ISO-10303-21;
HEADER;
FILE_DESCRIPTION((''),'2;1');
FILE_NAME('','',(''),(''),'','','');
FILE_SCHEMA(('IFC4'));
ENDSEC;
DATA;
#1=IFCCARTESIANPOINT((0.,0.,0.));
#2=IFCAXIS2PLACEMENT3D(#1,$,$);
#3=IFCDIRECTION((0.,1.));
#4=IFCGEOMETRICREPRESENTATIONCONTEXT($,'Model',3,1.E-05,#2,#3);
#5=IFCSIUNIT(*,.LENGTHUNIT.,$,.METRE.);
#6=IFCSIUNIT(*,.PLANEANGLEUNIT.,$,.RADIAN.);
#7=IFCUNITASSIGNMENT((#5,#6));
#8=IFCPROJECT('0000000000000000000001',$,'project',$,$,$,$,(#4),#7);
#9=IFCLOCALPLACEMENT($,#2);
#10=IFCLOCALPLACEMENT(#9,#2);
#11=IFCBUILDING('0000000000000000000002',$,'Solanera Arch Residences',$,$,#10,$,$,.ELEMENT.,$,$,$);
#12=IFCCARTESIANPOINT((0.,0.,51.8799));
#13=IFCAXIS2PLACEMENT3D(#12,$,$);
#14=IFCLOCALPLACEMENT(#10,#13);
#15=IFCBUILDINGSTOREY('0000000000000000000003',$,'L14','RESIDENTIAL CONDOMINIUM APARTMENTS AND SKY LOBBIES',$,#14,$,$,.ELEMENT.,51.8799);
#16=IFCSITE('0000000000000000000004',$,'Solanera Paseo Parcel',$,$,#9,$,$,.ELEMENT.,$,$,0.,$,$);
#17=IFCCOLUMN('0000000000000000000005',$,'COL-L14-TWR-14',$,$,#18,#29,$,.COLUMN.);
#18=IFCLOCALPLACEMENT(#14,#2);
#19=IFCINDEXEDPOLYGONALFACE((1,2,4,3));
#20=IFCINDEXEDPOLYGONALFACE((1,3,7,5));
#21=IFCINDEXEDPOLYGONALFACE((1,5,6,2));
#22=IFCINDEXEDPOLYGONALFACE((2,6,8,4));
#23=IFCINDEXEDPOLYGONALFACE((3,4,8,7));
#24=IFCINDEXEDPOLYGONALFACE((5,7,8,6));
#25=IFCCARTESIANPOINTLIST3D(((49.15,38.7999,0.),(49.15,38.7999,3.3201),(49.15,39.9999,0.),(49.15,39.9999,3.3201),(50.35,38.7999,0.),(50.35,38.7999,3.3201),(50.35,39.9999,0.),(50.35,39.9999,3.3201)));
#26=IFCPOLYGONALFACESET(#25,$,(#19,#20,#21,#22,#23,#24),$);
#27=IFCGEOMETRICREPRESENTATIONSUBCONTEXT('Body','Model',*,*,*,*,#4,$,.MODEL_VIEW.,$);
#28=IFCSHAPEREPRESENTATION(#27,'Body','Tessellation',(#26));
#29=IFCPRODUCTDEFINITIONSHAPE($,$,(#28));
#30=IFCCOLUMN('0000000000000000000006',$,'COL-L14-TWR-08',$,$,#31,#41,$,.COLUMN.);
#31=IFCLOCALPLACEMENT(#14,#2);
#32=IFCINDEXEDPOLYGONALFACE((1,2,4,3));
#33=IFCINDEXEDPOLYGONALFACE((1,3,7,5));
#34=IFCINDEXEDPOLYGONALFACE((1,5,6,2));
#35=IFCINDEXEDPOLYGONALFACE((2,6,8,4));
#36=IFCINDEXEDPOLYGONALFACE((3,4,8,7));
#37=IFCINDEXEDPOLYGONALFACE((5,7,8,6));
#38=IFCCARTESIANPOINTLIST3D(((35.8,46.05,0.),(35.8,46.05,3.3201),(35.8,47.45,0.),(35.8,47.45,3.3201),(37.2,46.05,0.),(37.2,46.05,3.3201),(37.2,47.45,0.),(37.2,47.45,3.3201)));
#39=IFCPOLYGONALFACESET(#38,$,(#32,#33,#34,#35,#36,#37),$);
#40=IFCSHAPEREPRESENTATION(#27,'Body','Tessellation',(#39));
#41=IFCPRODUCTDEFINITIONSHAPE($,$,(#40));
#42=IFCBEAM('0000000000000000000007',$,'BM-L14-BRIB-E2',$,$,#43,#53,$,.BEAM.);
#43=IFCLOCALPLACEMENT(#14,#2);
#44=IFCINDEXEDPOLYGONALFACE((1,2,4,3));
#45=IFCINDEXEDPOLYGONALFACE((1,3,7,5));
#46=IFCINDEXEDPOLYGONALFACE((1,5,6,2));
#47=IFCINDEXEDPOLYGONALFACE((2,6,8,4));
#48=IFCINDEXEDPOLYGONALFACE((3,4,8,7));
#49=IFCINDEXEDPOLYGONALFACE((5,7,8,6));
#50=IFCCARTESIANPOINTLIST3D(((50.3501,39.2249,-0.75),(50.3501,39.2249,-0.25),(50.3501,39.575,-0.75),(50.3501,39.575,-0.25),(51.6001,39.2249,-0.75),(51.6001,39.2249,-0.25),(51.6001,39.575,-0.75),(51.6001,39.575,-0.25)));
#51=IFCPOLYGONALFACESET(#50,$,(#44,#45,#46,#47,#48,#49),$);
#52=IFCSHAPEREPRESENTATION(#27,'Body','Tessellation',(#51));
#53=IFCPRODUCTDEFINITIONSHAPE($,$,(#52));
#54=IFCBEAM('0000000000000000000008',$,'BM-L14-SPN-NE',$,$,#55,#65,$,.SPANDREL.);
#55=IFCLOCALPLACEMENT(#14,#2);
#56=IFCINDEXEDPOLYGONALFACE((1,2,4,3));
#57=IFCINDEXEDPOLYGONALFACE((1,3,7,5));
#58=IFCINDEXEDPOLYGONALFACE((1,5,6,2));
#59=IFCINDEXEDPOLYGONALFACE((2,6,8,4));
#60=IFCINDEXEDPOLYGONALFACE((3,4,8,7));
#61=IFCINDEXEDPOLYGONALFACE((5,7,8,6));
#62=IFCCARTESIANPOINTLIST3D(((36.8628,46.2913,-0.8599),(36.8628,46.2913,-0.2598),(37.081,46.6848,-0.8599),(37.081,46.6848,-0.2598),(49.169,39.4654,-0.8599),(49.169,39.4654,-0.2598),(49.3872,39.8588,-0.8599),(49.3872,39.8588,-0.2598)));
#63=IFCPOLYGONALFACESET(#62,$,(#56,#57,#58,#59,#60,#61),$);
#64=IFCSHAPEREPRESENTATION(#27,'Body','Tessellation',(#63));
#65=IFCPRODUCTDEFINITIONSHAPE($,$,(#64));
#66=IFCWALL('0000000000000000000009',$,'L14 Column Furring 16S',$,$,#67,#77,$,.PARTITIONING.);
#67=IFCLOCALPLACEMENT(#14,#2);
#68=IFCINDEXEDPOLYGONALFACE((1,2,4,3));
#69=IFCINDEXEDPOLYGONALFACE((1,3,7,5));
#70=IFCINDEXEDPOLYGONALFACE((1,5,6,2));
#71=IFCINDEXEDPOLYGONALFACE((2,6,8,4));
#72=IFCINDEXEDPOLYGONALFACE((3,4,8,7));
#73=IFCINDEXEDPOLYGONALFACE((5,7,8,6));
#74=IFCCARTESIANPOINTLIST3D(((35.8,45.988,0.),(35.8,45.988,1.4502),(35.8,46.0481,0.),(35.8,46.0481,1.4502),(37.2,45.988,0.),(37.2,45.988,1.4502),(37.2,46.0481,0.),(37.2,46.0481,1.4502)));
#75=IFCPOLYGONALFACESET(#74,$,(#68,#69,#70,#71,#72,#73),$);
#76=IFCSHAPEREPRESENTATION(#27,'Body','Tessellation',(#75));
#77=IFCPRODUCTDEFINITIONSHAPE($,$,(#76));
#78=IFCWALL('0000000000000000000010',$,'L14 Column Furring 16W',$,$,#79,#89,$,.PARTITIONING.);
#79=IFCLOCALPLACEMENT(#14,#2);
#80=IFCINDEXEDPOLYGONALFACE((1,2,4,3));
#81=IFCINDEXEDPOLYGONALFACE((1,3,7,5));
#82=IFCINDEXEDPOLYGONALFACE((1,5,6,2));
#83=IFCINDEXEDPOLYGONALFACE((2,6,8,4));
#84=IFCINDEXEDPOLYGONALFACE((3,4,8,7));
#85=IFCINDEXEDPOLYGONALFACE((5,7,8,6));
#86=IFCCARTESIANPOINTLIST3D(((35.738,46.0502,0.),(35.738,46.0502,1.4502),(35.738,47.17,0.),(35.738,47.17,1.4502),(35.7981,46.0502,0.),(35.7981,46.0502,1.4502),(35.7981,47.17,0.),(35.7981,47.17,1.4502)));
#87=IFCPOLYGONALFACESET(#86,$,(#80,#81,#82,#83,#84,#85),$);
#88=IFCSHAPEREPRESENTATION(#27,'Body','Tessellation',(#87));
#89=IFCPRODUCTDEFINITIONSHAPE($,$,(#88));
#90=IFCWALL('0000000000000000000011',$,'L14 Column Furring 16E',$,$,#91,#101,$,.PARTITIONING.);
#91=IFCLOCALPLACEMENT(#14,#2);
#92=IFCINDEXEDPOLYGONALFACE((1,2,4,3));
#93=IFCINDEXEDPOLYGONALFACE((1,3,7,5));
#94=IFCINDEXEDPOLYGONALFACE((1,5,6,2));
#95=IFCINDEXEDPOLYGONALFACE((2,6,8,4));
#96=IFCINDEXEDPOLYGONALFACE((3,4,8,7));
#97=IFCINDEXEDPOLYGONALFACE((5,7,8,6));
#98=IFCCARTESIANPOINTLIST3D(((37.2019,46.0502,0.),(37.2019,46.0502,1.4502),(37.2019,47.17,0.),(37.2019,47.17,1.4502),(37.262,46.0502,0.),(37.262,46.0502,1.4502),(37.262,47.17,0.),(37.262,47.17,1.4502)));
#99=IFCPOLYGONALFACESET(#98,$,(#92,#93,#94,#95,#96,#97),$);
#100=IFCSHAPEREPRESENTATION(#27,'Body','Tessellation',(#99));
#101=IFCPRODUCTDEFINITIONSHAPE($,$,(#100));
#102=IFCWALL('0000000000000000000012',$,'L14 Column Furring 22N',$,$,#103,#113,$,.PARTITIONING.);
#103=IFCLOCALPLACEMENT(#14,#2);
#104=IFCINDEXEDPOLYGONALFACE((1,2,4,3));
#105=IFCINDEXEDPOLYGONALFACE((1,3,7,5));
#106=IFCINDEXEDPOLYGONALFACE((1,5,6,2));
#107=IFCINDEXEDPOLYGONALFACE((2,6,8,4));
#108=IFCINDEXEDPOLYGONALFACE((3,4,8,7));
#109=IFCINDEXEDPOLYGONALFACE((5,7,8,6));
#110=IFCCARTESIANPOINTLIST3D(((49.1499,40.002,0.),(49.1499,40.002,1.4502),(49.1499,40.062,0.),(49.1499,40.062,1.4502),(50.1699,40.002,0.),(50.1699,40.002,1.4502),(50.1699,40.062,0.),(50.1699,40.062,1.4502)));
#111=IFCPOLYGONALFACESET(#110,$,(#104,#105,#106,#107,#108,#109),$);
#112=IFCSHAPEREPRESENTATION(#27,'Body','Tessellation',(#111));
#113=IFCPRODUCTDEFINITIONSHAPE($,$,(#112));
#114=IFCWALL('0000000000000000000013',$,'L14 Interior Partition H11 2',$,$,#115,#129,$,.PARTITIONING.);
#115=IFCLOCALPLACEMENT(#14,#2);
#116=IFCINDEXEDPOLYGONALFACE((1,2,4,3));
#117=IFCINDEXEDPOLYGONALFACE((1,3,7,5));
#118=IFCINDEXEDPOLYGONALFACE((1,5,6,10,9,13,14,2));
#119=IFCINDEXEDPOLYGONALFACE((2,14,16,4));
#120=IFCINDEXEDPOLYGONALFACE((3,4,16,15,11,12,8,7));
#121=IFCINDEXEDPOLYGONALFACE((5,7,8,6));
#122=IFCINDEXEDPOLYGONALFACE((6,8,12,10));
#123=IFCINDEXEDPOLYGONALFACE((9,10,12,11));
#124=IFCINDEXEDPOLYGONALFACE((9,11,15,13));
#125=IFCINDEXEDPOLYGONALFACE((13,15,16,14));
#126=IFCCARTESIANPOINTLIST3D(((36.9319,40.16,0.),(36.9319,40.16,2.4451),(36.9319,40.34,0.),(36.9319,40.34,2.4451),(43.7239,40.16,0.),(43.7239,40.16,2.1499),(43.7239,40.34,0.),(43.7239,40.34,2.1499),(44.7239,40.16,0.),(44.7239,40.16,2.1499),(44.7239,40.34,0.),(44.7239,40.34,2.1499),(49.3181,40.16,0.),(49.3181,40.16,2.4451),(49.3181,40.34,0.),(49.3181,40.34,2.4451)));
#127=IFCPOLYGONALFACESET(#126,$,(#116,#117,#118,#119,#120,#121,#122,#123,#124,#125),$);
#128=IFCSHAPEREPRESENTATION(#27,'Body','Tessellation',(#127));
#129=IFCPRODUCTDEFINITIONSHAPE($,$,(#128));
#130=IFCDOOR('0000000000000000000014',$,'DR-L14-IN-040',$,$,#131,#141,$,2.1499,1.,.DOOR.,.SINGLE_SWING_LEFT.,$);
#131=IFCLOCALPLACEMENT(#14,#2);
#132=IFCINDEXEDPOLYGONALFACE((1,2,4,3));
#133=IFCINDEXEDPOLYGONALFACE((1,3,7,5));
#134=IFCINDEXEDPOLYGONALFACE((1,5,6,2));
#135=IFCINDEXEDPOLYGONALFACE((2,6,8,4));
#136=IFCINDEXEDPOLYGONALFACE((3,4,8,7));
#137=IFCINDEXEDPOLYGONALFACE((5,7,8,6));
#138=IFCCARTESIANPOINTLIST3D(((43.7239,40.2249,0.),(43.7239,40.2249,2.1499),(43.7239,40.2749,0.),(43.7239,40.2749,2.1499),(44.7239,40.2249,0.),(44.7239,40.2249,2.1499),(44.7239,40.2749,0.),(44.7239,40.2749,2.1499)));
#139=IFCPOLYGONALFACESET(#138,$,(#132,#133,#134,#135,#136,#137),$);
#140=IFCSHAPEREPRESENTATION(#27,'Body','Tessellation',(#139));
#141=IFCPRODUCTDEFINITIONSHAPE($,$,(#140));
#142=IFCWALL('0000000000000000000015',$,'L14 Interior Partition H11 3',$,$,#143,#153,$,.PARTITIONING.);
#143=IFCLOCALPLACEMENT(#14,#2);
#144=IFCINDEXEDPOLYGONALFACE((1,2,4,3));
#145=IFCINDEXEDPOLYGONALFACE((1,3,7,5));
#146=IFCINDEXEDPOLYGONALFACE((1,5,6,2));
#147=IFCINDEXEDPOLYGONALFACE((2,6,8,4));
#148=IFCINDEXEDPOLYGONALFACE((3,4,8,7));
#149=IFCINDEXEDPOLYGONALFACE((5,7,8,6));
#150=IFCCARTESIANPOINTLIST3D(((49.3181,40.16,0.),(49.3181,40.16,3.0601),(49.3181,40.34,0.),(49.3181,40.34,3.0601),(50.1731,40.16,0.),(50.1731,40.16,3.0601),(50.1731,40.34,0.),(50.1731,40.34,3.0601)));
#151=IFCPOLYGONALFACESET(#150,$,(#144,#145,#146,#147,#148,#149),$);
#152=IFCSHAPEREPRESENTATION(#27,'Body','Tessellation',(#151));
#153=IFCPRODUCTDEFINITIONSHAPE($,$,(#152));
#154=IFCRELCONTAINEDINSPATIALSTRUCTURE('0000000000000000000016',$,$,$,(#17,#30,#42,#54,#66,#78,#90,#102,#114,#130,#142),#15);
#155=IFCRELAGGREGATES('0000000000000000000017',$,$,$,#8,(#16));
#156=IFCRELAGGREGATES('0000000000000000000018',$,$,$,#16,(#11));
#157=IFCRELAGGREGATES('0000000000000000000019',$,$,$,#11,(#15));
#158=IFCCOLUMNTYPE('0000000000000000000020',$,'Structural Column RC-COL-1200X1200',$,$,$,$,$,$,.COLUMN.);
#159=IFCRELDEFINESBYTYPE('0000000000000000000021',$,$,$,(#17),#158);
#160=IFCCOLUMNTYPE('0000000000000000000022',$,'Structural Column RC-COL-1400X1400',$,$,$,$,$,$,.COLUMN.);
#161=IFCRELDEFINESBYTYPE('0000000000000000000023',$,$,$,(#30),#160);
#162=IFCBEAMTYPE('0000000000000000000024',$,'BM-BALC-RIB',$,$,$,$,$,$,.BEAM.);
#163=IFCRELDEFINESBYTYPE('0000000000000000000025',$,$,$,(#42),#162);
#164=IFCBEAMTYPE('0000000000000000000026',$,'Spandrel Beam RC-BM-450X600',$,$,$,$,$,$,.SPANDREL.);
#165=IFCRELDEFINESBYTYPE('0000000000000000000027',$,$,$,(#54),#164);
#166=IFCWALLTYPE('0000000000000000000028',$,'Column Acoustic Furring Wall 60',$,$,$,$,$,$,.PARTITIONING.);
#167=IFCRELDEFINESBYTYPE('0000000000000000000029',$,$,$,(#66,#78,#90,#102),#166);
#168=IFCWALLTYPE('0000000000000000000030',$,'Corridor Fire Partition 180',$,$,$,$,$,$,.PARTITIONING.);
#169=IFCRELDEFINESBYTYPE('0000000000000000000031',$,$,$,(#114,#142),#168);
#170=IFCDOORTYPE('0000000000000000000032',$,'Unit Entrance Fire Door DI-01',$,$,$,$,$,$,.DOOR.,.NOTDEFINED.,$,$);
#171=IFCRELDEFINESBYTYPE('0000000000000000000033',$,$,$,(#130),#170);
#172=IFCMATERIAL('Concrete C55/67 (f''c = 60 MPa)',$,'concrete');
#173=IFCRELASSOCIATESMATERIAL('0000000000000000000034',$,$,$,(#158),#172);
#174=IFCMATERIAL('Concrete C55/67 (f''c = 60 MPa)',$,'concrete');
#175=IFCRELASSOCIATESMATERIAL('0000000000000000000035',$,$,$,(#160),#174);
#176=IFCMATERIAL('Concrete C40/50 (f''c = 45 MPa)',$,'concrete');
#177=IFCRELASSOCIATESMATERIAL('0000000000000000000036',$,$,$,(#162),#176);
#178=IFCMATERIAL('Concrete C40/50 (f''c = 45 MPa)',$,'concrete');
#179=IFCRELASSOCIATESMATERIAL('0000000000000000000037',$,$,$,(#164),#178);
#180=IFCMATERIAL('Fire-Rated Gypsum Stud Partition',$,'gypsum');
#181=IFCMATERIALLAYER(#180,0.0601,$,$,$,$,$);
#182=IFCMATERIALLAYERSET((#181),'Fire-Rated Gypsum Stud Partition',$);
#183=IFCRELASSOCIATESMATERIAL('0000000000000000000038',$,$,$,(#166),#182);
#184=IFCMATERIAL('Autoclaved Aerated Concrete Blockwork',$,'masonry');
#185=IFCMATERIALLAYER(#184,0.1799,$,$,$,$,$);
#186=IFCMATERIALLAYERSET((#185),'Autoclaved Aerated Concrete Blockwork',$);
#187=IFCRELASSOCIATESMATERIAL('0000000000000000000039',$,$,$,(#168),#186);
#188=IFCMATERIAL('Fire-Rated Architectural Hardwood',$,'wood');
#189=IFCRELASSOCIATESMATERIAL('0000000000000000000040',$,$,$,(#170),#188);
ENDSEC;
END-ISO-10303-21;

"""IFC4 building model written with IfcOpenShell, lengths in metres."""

from ifc_helpers import new_model, si_unit, direction, frame, frame_2d, origin, origin_2d, place, context, subcontext, project, spatial, rectangle, extrude, material, layer, layer_set, material_profile, profile_set, type_object, element, fill, save


model = new_model("IFC4")

# Units and contexts
model_context = context("Model", 3, precision=1e-05, world=origin(), true_north=direction((0.0, 1.0)))
body_context = subcontext(model_context, "Body", "Model", "MODEL_VIEW")
ifc_project = project(units=[si_unit("LENGTHUNIT", "METRE"), si_unit("PLANEANGLEUNIT", "RADIAN")], contexts=[model_context])

# Site, building, storey
site_placement = place(None, origin())
site = spatial("IfcSite", under=ifc_project, at=site_placement, Name="Solanera Paseo Parcel", CompositionType="ELEMENT", RefElevation=0.0)
building_placement = place(site_placement, origin())
building = spatial("IfcBuilding", under=site, at=building_placement, Name="Solanera Arch Residences", CompositionType="ELEMENT")
storey_placement = place(building_placement, frame((0.0, 0.0, 51.8799)))
storey = spatial("IfcBuildingStorey", under=building, at=storey_placement, Name="L14", Description="RESIDENTIAL CONDOMINIUM APARTMENTS AND SKY LOBBIES", CompositionType="ELEMENT", Elevation=51.8799)

# Columns
ifc_material_1 = material(Name="Concrete C55/67 (f'c = 60 MPa)", Category="concrete")
ifc_material_profile_1 = material_profile(ifc_material_1, rectangle(XDim=1.2, YDim=1.2, at=origin_2d()))
ifc_profile_set_1 = profile_set([ifc_material_profile_1], Name="Concrete C55/67 (f'c = 60 MPa)")
column_type_1 = type_object("IfcColumnType", Name="Structural Column RC-COL-1200X1200", PredefinedType="COLUMN", material=ifc_profile_set_1)
column_1_placement = place(storey_placement, frame((49.75, 39.3999, 0.0), z_axis=(0.0, 0.0, 1.0), x_axis=(1.0, 0.0, 0.0)))
element("IfcColumn", 1, at=column_1_placement, inside=storey, type_object=column_type_1, Name="COL-L14-TWR-14", PredefinedType="COLUMN", context=body_context, shape_type="SweptSolid", body=[
    extrude(rectangle(XDim=1.2, YDim=1.2, at=origin_2d()), origin(), (0.0, 0.0, 1.0), 3.3201),
])
ifc_material_2 = material(Name="Concrete C55/67 (f'c = 60 MPa)", Category="concrete")
ifc_material_profile_2 = material_profile(ifc_material_2, rectangle(XDim=1.3999, YDim=1.3999, at=origin_2d()))
ifc_profile_set_2 = profile_set([ifc_material_profile_2], Name="Concrete C55/67 (f'c = 60 MPa)")
column_type_2 = type_object("IfcColumnType", Name="Structural Column RC-COL-1400X1400", PredefinedType="COLUMN", material=ifc_profile_set_2)
column_2_placement = place(storey_placement, frame((36.5, 46.75, 0.0), z_axis=(0.0, 0.0, 1.0), x_axis=(1.0, 0.0, 0.0)))
element("IfcColumn", 2, at=column_2_placement, inside=storey, type_object=column_type_2, Name="COL-L14-TWR-08", PredefinedType="COLUMN", context=body_context, shape_type="SweptSolid", body=[
    extrude(rectangle(XDim=1.3999, YDim=1.3999, at=origin_2d()), origin(), (0.0, 0.0, 1.0), 3.3201),
])

# Beams
ifc_material_3 = material(Name="Concrete C40/50 (f'c = 45 MPa)", Category="concrete")
ifc_material_profile_3 = material_profile(ifc_material_3, rectangle(XDim=0.3501, YDim=0.5, at=origin_2d()))
ifc_profile_set_3 = profile_set([ifc_material_profile_3], Name="Concrete C40/50 (f'c = 45 MPa)")
beam_type_1 = type_object("IfcBeamType", Name="BM-BALC-RIB", PredefinedType="BEAM", material=ifc_profile_set_3)
beam_1_placement = place(storey_placement, frame((50.3501, 39.3999, -0.5), z_axis=(1.0, 0.0, 0.0), x_axis=(0.0, 1.0, 0.0)))
element("IfcBeam", 3, at=beam_1_placement, inside=storey, type_object=beam_type_1, Name="BM-L14-BRIB-E2", PredefinedType="BEAM", context=body_context, shape_type="SweptSolid", body=[
    extrude(rectangle(XDim=0.3501, YDim=0.5, at=origin_2d()), origin(), (0.0, 0.0, 1.0), 1.25),
])
ifc_material_4 = material(Name="Concrete C40/50 (f'c = 45 MPa)", Category="concrete")
ifc_material_profile_4 = material_profile(ifc_material_4, rectangle(XDim=0.45, YDim=0.6001, at=origin_2d()))
ifc_profile_set_4 = profile_set([ifc_material_profile_4], Name="Concrete C40/50 (f'c = 45 MPa)")
beam_type_2 = type_object("IfcBeamType", Name="Spandrel Beam RC-BM-450X600", PredefinedType="SPANDREL", material=ifc_profile_set_4)
beam_2_placement = place(storey_placement, frame((36.9719, 46.488, -0.5598), z_axis=(0.874484, -0.485055, 0.0), x_axis=(0.485055, 0.874484, 0.0)))
element("IfcBeam", 4, at=beam_2_placement, inside=storey, type_object=beam_type_2, Name="BM-L14-SPN-NE", PredefinedType="SPANDREL", context=body_context, shape_type="SweptSolid", body=[
    extrude(rectangle(XDim=0.45, YDim=0.6001, at=origin_2d()), origin(), (0.0, 0.0, 1.0), 14.0725),
])

# Walls
ifc_material_5 = material(Name="Fire-Rated Gypsum Stud Partition", Category="gypsum")
ifc_layer_1 = layer(ifc_material_5, 0.0601)
ifc_layer_set_1 = layer_set([ifc_layer_1], Name="Fire-Rated Gypsum Stud Partition")
wall_type_1 = type_object("IfcWallType", Name="Column Acoustic Furring Wall 60", PredefinedType="PARTITIONING", material=ifc_layer_set_1)
wall_1_placement = place(storey_placement, frame((35.8, 46.0181, 0.0), z_axis=(0.0, 0.0, 1.0), x_axis=(1.0, 0.0, 0.0)))
element("IfcWall", 5, at=wall_1_placement, inside=storey, type_object=wall_type_1, Name="L14 Column Furring 16S", PredefinedType="PARTITIONING", context=body_context, shape_type="SweptSolid", body=[
    extrude(rectangle(XDim=1.3999, YDim=0.0601, at=frame_2d((0.7, 0.0))), origin(), (0.0, 0.0, 1.0), 1.4502),
])
for number, where, z_axis, x_axis, name in (
    (6, (35.7681, 46.05, 0.0), (0.0, 0.0, 1.0), (0.0, 1.0, 0.0), "L14 Column Furring 16W"),
    (7, (37.2319, 46.05, 0.0), (0.0, 0.0, 1.0), (0.0, 1.0, 0.0), "L14 Column Furring 16E"),
):
    element("IfcWall", number, at=place(storey_placement, frame(where, z_axis=z_axis, x_axis=x_axis)), inside=storey, type_object=wall_type_1, Name=name, PredefinedType="PARTITIONING", context=body_context, shape_type="SweptSolid", body=[
        extrude(rectangle(XDim=1.1199, YDim=0.0601, at=frame_2d((0.5601, 0.0))), origin(), (0.0, 0.0, 1.0), 1.4502),
    ])
wall_2_placement = place(storey_placement, frame((49.1499, 40.032, 0.0), z_axis=(0.0, 0.0, 1.0), x_axis=(1.0, 0.0, 0.0)))
element("IfcWall", 8, at=wall_2_placement, inside=storey, type_object=wall_type_1, Name="L14 Column Furring 22N", PredefinedType="PARTITIONING", context=body_context, shape_type="SweptSolid", body=[
    extrude(rectangle(XDim=1.02, YDim=0.0601, at=frame_2d((0.51, 0.0))), origin(), (0.0, 0.0, 1.0), 1.4502),
])

# Wall, opening, door
ifc_material_6 = material(Name="Autoclaved Aerated Concrete Blockwork", Category="masonry")
ifc_layer_2 = layer(ifc_material_6, 0.1799)
ifc_layer_set_2 = layer_set([ifc_layer_2], Name="Autoclaved Aerated Concrete Blockwork")
wall_type_2 = type_object("IfcWallType", Name="Corridor Fire Partition 180", PredefinedType="PARTITIONING", material=ifc_layer_set_2)
wall_3_placement = place(storey_placement, frame((36.9319, 40.25, 0.0), z_axis=(0.0, 0.0, 1.0), x_axis=(1.0, 0.0, 0.0)))
wall_3 = element("IfcWall", 9, at=wall_3_placement, inside=storey, type_object=wall_type_2, Name="L14 Interior Partition H11 2", PredefinedType="PARTITIONING", context=body_context, shape_type="SweptSolid", body=[
    extrude(rectangle(XDim=12.3862, YDim=0.1799, at=frame_2d((6.1931, 0.0))), origin(), (0.0, 0.0, 1.0), 2.4451),
])
opening_1_placement = place(wall_3_placement, frame((6.792, 0.0, 0.0)))
opening_1 = element("IfcOpeningElement", 10, at=opening_1_placement, cuts=wall_3, PredefinedType="OPENING", context=body_context, shape_type="SweptSolid", body=[
    extrude(rectangle(XDim=1.0, YDim=2.1499, at=frame_2d((0.5, 1.075))), frame((0.0, 0.1001, 0.0), z_axis=(0.0, -1.0, 0.0), x_axis=(1.0, 0.0, 0.0)), (0.0, 0.0, 1.0), 0.1999),
])
ifc_material_7 = material(Name="Fire-Rated Architectural Hardwood", Category="wood")
door_type_1 = type_object("IfcDoorType", Name="Unit Entrance Fire Door DI-01", OperationType="NOTDEFINED", PredefinedType="DOOR", material=ifc_material_7)
door_1_placement = place(opening_1_placement, origin())
door_1 = element("IfcDoor", 11, at=door_1_placement, inside=storey, type_object=door_type_1, Name="DR-L14-IN-040", OperationType="SINGLE_SWING_LEFT", OverallHeight=2.1499, OverallWidth=1.0, PredefinedType="DOOR", context=body_context, shape_type="SweptSolid", body=[
    extrude(rectangle(XDim=1.0, YDim=2.1499, at=frame_2d((0.5, 1.075))), frame((0.0, 0.0249, 0.0), z_axis=(0.0, -1.0, 0.0), x_axis=(1.0, 0.0, 0.0)), (0.0, 0.0, 1.0), 0.05),
])
fill(opening_1, door_1)

# Wall
wall_4_placement = place(storey_placement, frame((49.3181, 40.25, 0.0), z_axis=(0.0, 0.0, 1.0), x_axis=(1.0, 0.0, 0.0)))
element("IfcWall", 12, at=wall_4_placement, inside=storey, type_object=wall_type_2, Name="L14 Interior Partition H11 3", PredefinedType="PARTITIONING", context=body_context, shape_type="SweptSolid", body=[
    extrude(rectangle(XDim=0.855, YDim=0.1799, at=frame_2d((0.4275, 0.0))), origin(), (0.0, 0.0, 1.0), 3.0601),
])

save(model, "model.ifc")
